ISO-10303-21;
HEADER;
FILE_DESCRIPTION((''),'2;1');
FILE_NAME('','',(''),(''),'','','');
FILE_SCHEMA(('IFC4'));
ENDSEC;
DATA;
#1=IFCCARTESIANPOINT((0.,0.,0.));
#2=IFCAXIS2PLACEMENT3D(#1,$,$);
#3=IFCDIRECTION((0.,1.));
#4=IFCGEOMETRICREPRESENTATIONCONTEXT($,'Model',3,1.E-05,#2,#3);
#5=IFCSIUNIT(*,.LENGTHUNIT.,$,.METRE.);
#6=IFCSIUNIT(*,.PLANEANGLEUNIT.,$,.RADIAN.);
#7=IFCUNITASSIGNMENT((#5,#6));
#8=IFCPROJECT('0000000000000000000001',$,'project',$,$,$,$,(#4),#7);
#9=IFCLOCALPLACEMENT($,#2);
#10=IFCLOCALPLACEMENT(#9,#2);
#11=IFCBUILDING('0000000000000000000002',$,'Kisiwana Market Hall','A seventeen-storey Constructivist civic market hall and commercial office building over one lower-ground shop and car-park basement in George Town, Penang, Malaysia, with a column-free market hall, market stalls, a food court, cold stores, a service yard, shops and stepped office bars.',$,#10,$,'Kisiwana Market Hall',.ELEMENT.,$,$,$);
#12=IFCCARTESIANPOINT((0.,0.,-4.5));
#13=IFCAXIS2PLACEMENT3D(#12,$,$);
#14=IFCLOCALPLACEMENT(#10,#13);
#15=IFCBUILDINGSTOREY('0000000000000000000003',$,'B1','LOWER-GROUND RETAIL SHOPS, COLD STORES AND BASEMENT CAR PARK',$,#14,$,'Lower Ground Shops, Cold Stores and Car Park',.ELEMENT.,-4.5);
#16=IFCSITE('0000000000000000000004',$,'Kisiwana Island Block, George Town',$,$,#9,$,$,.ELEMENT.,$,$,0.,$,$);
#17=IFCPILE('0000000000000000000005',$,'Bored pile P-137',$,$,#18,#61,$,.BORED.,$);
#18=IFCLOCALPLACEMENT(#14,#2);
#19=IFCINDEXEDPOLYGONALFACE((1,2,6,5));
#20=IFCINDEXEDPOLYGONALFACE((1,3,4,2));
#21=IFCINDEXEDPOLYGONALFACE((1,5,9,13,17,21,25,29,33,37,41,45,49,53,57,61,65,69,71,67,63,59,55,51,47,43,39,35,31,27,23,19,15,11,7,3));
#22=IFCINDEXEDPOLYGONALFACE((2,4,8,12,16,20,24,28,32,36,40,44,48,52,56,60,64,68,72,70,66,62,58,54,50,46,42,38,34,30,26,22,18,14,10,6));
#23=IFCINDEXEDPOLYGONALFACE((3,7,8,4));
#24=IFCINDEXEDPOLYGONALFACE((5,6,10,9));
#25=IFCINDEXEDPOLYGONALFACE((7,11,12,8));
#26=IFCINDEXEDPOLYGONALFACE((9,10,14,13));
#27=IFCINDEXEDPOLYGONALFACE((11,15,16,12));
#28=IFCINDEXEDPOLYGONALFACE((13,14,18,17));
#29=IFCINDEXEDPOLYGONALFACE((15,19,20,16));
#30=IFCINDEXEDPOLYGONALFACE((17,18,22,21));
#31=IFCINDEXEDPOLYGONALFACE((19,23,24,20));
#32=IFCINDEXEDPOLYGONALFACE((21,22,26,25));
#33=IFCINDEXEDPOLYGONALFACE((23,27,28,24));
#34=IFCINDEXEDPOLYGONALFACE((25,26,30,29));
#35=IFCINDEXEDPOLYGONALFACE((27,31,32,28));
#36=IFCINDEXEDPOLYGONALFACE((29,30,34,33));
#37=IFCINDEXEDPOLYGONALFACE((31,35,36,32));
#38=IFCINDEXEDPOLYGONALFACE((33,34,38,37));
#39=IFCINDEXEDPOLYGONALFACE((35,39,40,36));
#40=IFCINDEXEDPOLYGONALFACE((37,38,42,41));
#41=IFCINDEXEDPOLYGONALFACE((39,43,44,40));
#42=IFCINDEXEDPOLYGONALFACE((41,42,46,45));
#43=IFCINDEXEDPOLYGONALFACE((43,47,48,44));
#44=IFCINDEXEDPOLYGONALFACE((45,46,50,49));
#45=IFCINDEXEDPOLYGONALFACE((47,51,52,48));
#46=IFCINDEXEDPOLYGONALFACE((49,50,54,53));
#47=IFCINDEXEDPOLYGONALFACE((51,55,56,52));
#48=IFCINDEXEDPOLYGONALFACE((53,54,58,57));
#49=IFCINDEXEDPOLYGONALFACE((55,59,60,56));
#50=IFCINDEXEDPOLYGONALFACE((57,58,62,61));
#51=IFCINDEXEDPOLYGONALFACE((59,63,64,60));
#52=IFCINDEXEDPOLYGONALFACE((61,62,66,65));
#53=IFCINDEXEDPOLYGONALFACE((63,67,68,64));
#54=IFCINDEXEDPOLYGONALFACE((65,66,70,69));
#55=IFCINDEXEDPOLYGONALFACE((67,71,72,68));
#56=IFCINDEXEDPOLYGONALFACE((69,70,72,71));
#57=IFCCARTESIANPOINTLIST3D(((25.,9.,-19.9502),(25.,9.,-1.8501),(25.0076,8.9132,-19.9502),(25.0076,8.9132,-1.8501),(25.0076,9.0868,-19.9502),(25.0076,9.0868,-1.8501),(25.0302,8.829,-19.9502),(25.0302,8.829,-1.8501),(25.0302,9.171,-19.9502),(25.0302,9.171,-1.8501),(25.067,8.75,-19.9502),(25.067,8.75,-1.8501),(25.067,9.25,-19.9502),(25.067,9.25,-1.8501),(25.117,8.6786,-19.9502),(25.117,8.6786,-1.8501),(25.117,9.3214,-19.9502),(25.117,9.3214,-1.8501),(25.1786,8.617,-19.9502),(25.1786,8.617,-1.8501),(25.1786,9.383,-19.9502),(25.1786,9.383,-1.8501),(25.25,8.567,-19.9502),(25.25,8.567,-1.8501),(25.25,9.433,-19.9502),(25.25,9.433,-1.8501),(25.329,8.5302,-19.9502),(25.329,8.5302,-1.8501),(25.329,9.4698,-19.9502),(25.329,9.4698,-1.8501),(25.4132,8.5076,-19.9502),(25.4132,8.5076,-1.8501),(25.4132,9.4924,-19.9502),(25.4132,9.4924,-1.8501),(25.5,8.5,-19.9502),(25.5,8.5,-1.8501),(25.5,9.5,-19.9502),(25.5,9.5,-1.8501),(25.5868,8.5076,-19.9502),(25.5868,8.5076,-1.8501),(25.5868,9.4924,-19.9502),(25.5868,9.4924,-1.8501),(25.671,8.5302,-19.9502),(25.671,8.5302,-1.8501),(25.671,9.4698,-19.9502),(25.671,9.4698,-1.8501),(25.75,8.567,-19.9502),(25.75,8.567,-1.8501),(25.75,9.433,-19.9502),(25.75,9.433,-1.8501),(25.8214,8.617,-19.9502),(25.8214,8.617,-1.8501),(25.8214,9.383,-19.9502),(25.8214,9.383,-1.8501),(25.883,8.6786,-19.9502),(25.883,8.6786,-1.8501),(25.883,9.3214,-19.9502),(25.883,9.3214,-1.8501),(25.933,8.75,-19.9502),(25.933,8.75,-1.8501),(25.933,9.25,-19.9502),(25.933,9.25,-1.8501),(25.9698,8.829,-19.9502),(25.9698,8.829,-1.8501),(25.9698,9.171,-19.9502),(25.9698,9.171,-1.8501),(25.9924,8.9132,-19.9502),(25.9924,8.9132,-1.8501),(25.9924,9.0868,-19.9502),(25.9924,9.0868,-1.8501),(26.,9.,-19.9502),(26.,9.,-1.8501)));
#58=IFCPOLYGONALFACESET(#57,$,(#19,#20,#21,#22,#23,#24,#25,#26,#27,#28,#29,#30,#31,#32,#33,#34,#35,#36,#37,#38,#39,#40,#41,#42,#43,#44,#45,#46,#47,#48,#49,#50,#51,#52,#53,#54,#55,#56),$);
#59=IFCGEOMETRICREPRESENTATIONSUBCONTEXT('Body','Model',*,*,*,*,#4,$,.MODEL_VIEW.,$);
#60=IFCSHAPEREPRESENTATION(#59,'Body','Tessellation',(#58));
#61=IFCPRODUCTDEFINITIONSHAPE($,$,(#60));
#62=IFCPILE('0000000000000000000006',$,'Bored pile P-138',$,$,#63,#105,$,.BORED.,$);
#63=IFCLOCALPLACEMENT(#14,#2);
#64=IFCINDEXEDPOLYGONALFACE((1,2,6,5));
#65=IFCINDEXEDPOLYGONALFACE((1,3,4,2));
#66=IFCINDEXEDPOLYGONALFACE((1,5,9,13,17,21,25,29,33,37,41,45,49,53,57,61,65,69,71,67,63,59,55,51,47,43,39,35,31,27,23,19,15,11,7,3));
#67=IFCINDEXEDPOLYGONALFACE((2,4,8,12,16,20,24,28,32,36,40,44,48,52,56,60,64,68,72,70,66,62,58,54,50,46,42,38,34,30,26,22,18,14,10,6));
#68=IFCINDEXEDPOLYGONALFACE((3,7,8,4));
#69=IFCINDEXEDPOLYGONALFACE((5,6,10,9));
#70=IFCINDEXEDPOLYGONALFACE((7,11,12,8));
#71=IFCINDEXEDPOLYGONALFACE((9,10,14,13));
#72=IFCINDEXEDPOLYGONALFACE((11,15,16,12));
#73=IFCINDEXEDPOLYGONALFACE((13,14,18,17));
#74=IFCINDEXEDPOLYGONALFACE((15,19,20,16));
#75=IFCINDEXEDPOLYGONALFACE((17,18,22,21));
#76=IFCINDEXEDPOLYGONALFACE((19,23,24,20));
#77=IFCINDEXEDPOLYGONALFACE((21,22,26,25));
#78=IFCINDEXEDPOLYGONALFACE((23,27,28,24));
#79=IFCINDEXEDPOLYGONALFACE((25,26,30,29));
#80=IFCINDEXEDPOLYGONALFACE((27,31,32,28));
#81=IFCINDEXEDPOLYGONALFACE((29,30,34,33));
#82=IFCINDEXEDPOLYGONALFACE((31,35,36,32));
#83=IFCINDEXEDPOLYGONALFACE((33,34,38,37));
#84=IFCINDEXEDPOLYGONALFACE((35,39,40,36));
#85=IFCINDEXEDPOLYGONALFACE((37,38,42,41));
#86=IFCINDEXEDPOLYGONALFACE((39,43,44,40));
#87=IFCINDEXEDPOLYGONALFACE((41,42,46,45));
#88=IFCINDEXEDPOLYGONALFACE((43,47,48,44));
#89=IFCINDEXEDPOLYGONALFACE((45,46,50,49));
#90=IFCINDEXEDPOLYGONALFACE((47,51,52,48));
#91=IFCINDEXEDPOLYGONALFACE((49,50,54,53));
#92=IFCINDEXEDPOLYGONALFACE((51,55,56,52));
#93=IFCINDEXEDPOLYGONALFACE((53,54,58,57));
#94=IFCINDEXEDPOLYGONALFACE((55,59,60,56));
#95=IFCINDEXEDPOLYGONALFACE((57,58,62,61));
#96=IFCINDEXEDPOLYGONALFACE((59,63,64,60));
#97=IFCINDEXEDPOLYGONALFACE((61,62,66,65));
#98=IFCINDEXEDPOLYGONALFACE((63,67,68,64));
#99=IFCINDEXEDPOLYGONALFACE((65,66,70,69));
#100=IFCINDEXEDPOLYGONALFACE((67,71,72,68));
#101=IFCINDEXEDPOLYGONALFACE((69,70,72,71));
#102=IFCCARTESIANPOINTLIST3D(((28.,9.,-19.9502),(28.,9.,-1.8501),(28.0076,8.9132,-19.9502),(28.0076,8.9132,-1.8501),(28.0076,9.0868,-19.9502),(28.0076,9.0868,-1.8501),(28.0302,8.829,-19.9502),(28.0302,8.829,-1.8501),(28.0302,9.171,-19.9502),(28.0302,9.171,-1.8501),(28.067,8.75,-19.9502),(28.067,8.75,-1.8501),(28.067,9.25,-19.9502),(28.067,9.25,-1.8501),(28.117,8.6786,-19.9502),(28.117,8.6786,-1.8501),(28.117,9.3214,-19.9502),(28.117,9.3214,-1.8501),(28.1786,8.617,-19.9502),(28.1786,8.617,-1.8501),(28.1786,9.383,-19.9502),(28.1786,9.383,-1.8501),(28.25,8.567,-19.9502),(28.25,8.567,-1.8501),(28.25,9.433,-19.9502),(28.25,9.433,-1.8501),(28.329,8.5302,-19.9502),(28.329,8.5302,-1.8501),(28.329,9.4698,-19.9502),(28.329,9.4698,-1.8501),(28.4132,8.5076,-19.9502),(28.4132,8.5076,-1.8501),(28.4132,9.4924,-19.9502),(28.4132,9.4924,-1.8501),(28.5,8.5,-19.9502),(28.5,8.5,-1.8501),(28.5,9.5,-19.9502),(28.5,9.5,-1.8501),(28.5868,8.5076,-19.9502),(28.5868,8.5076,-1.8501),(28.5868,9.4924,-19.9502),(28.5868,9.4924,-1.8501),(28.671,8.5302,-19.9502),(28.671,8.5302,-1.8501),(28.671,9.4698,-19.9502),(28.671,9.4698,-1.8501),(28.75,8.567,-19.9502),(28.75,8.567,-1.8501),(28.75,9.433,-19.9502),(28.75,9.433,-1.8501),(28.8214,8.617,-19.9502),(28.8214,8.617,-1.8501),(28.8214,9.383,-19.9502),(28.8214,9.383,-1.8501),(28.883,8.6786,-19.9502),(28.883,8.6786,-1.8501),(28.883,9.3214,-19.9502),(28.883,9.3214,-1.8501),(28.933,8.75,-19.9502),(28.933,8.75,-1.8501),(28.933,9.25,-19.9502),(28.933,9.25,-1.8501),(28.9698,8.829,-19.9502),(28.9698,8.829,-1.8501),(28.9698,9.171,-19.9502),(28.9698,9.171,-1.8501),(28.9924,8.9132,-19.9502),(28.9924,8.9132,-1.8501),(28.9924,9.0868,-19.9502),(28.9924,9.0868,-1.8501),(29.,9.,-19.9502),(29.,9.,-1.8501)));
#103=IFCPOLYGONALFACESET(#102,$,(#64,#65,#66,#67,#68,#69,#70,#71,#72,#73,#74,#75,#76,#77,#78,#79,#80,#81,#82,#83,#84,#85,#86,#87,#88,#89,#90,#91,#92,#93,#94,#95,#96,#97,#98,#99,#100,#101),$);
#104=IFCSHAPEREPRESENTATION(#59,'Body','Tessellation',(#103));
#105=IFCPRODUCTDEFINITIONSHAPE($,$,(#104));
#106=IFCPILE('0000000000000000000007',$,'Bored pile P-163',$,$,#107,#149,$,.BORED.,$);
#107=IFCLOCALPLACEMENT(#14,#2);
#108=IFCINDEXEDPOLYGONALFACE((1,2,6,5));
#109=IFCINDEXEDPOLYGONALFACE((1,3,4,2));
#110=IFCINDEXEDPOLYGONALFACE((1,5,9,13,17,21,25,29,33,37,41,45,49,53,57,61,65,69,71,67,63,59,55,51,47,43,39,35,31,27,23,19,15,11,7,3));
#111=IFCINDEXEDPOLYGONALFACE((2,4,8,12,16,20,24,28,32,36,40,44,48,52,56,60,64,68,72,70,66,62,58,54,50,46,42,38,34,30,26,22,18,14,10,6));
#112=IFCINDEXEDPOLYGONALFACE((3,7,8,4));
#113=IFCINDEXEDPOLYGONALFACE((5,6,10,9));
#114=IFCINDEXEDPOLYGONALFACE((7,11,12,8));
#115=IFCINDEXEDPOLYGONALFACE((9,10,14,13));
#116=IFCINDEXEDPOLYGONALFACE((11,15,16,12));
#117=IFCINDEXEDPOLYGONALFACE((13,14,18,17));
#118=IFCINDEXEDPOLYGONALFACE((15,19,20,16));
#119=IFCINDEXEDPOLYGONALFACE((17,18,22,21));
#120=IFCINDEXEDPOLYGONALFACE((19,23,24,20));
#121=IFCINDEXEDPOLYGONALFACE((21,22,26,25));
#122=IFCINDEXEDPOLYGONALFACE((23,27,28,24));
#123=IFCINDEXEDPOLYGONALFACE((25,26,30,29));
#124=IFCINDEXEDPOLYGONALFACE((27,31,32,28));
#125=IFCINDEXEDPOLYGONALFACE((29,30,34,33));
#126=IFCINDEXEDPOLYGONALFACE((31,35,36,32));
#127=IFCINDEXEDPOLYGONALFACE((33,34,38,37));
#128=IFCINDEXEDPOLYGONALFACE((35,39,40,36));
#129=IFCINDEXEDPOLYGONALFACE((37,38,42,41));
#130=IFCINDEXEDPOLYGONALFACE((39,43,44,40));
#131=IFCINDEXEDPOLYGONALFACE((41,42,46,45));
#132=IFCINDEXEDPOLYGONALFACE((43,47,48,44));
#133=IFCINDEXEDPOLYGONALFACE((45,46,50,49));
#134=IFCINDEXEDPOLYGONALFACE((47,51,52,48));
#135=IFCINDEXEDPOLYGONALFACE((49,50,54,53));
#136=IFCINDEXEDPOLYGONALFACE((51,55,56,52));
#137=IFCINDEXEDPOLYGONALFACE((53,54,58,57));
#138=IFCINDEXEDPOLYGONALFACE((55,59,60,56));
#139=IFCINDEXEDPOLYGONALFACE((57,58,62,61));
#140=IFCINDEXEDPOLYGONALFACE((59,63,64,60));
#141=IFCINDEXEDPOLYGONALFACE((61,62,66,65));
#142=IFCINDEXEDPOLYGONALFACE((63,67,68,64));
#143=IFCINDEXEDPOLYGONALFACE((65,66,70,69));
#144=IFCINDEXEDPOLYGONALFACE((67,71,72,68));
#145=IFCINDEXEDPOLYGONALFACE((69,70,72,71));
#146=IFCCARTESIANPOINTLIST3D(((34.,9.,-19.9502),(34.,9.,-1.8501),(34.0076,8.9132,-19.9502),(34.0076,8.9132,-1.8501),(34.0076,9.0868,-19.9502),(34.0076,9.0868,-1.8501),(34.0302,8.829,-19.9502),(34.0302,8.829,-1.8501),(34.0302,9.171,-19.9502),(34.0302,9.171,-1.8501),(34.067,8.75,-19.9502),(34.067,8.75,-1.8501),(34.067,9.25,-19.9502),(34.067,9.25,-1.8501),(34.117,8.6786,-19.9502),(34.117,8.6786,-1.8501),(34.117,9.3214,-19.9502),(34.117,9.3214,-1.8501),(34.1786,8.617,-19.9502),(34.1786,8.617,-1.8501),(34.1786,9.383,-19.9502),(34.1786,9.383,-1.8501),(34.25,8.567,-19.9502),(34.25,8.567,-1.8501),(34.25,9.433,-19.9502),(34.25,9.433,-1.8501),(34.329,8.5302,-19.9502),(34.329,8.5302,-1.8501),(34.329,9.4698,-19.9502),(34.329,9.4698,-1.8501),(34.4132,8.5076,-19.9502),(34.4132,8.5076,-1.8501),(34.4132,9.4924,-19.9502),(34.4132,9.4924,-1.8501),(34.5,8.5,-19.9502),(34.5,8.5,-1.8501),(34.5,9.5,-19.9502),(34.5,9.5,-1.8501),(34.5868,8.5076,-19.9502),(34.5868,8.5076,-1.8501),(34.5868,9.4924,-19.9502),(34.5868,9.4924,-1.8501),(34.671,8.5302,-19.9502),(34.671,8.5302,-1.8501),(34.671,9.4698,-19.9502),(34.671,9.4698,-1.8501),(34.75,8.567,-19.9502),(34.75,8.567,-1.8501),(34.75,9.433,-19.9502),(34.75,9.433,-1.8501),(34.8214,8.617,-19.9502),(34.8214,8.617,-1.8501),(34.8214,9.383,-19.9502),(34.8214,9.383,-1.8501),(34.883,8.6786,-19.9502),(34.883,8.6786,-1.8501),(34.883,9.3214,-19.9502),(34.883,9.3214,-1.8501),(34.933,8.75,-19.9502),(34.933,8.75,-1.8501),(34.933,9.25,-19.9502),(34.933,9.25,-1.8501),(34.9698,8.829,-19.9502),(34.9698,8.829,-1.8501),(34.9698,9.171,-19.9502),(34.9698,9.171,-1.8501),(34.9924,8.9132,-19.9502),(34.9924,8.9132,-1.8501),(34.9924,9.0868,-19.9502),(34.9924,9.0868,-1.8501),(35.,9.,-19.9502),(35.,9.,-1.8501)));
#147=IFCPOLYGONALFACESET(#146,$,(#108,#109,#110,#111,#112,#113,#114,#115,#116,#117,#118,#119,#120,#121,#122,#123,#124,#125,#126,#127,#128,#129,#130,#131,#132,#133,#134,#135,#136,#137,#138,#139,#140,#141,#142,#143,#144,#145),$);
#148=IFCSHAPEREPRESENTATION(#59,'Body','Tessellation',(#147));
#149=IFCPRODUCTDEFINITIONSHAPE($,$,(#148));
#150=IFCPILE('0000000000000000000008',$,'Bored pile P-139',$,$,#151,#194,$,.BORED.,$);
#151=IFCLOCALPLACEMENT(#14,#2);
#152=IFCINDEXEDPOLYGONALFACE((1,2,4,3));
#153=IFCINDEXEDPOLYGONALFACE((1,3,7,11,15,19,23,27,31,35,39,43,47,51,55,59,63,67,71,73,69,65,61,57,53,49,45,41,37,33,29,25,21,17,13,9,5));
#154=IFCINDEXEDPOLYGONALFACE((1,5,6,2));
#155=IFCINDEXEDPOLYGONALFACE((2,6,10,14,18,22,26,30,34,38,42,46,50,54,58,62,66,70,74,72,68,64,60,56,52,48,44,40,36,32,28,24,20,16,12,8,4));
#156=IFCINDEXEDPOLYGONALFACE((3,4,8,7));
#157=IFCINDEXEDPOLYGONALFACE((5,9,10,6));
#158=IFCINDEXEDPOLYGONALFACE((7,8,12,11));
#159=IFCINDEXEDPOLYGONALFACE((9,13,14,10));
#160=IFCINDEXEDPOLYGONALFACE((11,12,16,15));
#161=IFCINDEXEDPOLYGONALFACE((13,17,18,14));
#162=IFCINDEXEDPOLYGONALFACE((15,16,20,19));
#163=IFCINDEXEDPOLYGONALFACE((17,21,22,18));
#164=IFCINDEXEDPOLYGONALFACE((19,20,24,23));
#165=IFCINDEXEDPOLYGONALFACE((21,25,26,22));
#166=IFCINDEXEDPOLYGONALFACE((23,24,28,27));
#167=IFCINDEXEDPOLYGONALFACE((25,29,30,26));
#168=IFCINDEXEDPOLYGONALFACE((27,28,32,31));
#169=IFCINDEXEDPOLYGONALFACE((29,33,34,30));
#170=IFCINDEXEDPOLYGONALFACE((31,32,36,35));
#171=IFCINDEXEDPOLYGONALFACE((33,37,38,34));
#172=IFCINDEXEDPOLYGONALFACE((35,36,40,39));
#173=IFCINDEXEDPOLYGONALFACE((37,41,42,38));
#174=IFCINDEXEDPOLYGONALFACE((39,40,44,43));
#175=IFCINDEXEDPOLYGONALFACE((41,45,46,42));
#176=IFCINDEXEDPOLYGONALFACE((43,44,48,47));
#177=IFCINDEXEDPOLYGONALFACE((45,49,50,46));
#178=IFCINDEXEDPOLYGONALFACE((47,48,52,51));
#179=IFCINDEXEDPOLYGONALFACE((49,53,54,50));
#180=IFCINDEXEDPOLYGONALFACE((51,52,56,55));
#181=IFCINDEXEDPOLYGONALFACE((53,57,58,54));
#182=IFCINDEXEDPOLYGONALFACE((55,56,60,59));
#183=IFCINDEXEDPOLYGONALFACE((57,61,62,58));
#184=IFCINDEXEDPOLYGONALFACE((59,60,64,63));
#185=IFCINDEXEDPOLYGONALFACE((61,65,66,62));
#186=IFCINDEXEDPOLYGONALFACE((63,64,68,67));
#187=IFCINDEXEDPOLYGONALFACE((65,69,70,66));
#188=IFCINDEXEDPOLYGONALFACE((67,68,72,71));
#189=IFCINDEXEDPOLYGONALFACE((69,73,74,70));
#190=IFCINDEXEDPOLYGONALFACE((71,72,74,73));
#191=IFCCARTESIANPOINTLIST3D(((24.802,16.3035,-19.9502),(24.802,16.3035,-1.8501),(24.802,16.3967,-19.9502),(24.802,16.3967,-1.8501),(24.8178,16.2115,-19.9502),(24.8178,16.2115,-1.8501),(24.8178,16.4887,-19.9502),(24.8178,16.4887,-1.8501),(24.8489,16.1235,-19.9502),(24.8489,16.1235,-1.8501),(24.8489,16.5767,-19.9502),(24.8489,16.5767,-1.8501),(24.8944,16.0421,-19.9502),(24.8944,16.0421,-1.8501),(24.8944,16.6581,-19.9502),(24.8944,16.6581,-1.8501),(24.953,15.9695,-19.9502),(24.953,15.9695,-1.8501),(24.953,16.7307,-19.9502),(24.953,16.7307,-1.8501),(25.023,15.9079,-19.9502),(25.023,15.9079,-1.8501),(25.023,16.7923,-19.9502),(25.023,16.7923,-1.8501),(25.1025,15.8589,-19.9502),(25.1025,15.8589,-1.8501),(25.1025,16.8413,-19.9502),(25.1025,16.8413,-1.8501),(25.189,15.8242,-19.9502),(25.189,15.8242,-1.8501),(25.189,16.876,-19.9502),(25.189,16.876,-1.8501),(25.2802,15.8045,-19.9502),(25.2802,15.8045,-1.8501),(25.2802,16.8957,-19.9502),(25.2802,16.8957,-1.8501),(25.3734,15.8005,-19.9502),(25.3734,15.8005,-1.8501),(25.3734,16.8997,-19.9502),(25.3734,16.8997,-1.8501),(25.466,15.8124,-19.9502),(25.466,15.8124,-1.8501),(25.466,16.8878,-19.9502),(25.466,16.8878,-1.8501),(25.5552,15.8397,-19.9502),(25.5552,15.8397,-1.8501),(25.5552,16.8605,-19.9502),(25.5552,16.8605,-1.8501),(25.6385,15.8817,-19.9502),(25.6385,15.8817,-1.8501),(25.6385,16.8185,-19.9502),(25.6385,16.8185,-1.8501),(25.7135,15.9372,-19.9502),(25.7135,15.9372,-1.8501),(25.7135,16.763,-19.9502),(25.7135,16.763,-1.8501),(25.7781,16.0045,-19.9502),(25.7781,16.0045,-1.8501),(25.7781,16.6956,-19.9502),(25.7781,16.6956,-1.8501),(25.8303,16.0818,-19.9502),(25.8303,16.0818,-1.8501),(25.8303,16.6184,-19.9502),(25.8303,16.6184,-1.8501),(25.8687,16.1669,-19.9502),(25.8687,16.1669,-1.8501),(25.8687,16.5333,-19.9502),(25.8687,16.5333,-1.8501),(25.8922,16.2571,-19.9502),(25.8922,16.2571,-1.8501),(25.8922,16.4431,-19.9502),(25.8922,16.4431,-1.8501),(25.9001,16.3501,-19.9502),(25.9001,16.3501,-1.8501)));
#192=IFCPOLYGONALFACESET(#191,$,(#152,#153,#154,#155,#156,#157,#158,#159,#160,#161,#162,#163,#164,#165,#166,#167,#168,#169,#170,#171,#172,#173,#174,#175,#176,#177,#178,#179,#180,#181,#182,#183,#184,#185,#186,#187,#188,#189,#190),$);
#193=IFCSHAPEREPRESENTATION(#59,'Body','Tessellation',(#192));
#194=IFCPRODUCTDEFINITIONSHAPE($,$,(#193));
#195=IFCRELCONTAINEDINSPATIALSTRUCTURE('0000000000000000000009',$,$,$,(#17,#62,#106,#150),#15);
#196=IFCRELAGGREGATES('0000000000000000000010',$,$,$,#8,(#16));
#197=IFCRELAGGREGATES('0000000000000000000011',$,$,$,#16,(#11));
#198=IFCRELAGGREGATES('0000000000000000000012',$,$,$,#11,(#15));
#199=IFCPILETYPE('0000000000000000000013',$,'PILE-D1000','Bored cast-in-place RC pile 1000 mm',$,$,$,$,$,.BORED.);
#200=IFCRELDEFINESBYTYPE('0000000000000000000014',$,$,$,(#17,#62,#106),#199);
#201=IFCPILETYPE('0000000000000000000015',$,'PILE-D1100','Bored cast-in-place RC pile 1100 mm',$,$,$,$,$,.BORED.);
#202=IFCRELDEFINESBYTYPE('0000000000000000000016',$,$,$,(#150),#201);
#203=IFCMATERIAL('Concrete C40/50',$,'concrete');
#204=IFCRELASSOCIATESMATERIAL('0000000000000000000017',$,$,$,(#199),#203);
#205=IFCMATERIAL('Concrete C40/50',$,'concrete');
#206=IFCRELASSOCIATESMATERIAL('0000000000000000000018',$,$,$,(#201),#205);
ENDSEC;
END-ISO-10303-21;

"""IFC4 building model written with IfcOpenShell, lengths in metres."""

from ifc_helpers import new_model, si_unit, direction, frame, origin, origin_2d, place, context, subcontext, project, spatial, circle, extrude, material, material_profile, profile_set, type_object, element, save


model = new_model("IFC4")

# Units and contexts
model_context = context("Model", 3, precision=1e-05, world=origin(), true_north=direction((0.0, 1.0)))
body_context = subcontext(model_context, "Body", "Model", "MODEL_VIEW")
ifc_project = project(units=[si_unit("LENGTHUNIT", "METRE"), si_unit("PLANEANGLEUNIT", "RADIAN")], contexts=[model_context])

# Site, building, storey
site_placement = place(None, origin())
site = spatial("IfcSite", under=ifc_project, at=site_placement, Name="Kisiwana Island Block, George Town", CompositionType="ELEMENT", RefElevation=0.0)
building_placement = place(site_placement, origin())
building = spatial("IfcBuilding", under=site, at=building_placement, Name="Kisiwana Market Hall", Description="A seventeen-storey Constructivist civic market hall and commercial office building over one lower-ground shop and car-park basement in George Town, Penang, Malaysia, with a column-free market hall, market stalls, a food court, cold stores, a service yard, shops and stepped office bars.", LongName="Kisiwana Market Hall", CompositionType="ELEMENT")
storey_placement = place(building_placement, frame((0.0, 0.0, -4.5)))
storey = spatial("IfcBuildingStorey", under=building, at=storey_placement, Name="B1", Description="LOWER-GROUND RETAIL SHOPS, COLD STORES AND BASEMENT CAR PARK", LongName="Lower Ground Shops, Cold Stores and Car Park", CompositionType="ELEMENT", Elevation=-4.5)

# Piles
ifc_material_1 = material(Name="Concrete C40/50", Category="concrete")
ifc_material_profile_1 = material_profile(ifc_material_1, circle(Radius=0.5, at=origin_2d()), Name="BP D1000")
ifc_profile_set_1 = profile_set([ifc_material_profile_1], Name="Concrete C40/50")
pile_type_1 = type_object("IfcPileType", Name="PILE-D1000", Description="Bored cast-in-place RC pile 1000 mm", PredefinedType="BORED", material=ifc_profile_set_1)
for number, where, z_axis, x_axis, name in (
    (1, (25.5, 9.0, -1.8501), (0.0, 0.0, -1.0), (1.0, 0.0, 0.0), "Bored pile P-137"),
    (2, (28.5, 9.0, -1.8501), (0.0, 0.0, -1.0), (1.0, 0.0, 0.0), "Bored pile P-138"),
    (3, (34.5, 9.0, -1.8501), (0.0, 0.0, -1.0), (1.0, 0.0, 0.0), "Bored pile P-163"),
):
    element("IfcPile", number, at=place(storey_placement, frame(where, z_axis=z_axis, x_axis=x_axis)), inside=storey, type_object=pile_type_1, Name=name, PredefinedType="BORED", context=body_context, shape_type="SweptSolid", body=[
        extrude(circle(Radius=0.5, at=origin_2d()), origin(), (0.0, 0.0, 1.0), 18.1001),
    ])
ifc_material_2 = material(Name="Concrete C40/50", Category="concrete")
ifc_material_profile_2 = material_profile(ifc_material_2, circle(Radius=0.55, at=origin_2d()), Name="BP D1100")
ifc_profile_set_2 = profile_set([ifc_material_profile_2], Name="Concrete C40/50")
pile_type_2 = type_object("IfcPileType", Name="PILE-D1100", Description="Bored cast-in-place RC pile 1100 mm", PredefinedType="BORED", material=ifc_profile_set_2)
for number, where, z_axis, x_axis, name in (
    (4, (25.3501, 16.3501, -1.8501), (0.0, 0.0, -1.0), (1.0, 0.0, 0.0), "Bored pile P-139"),
):
    element("IfcPile", number, at=place(storey_placement, frame(where, z_axis=z_axis, x_axis=x_axis)), inside=storey, type_object=pile_type_2, Name=name, PredefinedType="BORED", context=body_context, shape_type="SweptSolid", body=[
        extrude(circle(Radius=0.55, at=origin_2d()), origin(), (0.0, 0.0, 1.0), 18.1001),
    ])

save(model, "model.ifc")
